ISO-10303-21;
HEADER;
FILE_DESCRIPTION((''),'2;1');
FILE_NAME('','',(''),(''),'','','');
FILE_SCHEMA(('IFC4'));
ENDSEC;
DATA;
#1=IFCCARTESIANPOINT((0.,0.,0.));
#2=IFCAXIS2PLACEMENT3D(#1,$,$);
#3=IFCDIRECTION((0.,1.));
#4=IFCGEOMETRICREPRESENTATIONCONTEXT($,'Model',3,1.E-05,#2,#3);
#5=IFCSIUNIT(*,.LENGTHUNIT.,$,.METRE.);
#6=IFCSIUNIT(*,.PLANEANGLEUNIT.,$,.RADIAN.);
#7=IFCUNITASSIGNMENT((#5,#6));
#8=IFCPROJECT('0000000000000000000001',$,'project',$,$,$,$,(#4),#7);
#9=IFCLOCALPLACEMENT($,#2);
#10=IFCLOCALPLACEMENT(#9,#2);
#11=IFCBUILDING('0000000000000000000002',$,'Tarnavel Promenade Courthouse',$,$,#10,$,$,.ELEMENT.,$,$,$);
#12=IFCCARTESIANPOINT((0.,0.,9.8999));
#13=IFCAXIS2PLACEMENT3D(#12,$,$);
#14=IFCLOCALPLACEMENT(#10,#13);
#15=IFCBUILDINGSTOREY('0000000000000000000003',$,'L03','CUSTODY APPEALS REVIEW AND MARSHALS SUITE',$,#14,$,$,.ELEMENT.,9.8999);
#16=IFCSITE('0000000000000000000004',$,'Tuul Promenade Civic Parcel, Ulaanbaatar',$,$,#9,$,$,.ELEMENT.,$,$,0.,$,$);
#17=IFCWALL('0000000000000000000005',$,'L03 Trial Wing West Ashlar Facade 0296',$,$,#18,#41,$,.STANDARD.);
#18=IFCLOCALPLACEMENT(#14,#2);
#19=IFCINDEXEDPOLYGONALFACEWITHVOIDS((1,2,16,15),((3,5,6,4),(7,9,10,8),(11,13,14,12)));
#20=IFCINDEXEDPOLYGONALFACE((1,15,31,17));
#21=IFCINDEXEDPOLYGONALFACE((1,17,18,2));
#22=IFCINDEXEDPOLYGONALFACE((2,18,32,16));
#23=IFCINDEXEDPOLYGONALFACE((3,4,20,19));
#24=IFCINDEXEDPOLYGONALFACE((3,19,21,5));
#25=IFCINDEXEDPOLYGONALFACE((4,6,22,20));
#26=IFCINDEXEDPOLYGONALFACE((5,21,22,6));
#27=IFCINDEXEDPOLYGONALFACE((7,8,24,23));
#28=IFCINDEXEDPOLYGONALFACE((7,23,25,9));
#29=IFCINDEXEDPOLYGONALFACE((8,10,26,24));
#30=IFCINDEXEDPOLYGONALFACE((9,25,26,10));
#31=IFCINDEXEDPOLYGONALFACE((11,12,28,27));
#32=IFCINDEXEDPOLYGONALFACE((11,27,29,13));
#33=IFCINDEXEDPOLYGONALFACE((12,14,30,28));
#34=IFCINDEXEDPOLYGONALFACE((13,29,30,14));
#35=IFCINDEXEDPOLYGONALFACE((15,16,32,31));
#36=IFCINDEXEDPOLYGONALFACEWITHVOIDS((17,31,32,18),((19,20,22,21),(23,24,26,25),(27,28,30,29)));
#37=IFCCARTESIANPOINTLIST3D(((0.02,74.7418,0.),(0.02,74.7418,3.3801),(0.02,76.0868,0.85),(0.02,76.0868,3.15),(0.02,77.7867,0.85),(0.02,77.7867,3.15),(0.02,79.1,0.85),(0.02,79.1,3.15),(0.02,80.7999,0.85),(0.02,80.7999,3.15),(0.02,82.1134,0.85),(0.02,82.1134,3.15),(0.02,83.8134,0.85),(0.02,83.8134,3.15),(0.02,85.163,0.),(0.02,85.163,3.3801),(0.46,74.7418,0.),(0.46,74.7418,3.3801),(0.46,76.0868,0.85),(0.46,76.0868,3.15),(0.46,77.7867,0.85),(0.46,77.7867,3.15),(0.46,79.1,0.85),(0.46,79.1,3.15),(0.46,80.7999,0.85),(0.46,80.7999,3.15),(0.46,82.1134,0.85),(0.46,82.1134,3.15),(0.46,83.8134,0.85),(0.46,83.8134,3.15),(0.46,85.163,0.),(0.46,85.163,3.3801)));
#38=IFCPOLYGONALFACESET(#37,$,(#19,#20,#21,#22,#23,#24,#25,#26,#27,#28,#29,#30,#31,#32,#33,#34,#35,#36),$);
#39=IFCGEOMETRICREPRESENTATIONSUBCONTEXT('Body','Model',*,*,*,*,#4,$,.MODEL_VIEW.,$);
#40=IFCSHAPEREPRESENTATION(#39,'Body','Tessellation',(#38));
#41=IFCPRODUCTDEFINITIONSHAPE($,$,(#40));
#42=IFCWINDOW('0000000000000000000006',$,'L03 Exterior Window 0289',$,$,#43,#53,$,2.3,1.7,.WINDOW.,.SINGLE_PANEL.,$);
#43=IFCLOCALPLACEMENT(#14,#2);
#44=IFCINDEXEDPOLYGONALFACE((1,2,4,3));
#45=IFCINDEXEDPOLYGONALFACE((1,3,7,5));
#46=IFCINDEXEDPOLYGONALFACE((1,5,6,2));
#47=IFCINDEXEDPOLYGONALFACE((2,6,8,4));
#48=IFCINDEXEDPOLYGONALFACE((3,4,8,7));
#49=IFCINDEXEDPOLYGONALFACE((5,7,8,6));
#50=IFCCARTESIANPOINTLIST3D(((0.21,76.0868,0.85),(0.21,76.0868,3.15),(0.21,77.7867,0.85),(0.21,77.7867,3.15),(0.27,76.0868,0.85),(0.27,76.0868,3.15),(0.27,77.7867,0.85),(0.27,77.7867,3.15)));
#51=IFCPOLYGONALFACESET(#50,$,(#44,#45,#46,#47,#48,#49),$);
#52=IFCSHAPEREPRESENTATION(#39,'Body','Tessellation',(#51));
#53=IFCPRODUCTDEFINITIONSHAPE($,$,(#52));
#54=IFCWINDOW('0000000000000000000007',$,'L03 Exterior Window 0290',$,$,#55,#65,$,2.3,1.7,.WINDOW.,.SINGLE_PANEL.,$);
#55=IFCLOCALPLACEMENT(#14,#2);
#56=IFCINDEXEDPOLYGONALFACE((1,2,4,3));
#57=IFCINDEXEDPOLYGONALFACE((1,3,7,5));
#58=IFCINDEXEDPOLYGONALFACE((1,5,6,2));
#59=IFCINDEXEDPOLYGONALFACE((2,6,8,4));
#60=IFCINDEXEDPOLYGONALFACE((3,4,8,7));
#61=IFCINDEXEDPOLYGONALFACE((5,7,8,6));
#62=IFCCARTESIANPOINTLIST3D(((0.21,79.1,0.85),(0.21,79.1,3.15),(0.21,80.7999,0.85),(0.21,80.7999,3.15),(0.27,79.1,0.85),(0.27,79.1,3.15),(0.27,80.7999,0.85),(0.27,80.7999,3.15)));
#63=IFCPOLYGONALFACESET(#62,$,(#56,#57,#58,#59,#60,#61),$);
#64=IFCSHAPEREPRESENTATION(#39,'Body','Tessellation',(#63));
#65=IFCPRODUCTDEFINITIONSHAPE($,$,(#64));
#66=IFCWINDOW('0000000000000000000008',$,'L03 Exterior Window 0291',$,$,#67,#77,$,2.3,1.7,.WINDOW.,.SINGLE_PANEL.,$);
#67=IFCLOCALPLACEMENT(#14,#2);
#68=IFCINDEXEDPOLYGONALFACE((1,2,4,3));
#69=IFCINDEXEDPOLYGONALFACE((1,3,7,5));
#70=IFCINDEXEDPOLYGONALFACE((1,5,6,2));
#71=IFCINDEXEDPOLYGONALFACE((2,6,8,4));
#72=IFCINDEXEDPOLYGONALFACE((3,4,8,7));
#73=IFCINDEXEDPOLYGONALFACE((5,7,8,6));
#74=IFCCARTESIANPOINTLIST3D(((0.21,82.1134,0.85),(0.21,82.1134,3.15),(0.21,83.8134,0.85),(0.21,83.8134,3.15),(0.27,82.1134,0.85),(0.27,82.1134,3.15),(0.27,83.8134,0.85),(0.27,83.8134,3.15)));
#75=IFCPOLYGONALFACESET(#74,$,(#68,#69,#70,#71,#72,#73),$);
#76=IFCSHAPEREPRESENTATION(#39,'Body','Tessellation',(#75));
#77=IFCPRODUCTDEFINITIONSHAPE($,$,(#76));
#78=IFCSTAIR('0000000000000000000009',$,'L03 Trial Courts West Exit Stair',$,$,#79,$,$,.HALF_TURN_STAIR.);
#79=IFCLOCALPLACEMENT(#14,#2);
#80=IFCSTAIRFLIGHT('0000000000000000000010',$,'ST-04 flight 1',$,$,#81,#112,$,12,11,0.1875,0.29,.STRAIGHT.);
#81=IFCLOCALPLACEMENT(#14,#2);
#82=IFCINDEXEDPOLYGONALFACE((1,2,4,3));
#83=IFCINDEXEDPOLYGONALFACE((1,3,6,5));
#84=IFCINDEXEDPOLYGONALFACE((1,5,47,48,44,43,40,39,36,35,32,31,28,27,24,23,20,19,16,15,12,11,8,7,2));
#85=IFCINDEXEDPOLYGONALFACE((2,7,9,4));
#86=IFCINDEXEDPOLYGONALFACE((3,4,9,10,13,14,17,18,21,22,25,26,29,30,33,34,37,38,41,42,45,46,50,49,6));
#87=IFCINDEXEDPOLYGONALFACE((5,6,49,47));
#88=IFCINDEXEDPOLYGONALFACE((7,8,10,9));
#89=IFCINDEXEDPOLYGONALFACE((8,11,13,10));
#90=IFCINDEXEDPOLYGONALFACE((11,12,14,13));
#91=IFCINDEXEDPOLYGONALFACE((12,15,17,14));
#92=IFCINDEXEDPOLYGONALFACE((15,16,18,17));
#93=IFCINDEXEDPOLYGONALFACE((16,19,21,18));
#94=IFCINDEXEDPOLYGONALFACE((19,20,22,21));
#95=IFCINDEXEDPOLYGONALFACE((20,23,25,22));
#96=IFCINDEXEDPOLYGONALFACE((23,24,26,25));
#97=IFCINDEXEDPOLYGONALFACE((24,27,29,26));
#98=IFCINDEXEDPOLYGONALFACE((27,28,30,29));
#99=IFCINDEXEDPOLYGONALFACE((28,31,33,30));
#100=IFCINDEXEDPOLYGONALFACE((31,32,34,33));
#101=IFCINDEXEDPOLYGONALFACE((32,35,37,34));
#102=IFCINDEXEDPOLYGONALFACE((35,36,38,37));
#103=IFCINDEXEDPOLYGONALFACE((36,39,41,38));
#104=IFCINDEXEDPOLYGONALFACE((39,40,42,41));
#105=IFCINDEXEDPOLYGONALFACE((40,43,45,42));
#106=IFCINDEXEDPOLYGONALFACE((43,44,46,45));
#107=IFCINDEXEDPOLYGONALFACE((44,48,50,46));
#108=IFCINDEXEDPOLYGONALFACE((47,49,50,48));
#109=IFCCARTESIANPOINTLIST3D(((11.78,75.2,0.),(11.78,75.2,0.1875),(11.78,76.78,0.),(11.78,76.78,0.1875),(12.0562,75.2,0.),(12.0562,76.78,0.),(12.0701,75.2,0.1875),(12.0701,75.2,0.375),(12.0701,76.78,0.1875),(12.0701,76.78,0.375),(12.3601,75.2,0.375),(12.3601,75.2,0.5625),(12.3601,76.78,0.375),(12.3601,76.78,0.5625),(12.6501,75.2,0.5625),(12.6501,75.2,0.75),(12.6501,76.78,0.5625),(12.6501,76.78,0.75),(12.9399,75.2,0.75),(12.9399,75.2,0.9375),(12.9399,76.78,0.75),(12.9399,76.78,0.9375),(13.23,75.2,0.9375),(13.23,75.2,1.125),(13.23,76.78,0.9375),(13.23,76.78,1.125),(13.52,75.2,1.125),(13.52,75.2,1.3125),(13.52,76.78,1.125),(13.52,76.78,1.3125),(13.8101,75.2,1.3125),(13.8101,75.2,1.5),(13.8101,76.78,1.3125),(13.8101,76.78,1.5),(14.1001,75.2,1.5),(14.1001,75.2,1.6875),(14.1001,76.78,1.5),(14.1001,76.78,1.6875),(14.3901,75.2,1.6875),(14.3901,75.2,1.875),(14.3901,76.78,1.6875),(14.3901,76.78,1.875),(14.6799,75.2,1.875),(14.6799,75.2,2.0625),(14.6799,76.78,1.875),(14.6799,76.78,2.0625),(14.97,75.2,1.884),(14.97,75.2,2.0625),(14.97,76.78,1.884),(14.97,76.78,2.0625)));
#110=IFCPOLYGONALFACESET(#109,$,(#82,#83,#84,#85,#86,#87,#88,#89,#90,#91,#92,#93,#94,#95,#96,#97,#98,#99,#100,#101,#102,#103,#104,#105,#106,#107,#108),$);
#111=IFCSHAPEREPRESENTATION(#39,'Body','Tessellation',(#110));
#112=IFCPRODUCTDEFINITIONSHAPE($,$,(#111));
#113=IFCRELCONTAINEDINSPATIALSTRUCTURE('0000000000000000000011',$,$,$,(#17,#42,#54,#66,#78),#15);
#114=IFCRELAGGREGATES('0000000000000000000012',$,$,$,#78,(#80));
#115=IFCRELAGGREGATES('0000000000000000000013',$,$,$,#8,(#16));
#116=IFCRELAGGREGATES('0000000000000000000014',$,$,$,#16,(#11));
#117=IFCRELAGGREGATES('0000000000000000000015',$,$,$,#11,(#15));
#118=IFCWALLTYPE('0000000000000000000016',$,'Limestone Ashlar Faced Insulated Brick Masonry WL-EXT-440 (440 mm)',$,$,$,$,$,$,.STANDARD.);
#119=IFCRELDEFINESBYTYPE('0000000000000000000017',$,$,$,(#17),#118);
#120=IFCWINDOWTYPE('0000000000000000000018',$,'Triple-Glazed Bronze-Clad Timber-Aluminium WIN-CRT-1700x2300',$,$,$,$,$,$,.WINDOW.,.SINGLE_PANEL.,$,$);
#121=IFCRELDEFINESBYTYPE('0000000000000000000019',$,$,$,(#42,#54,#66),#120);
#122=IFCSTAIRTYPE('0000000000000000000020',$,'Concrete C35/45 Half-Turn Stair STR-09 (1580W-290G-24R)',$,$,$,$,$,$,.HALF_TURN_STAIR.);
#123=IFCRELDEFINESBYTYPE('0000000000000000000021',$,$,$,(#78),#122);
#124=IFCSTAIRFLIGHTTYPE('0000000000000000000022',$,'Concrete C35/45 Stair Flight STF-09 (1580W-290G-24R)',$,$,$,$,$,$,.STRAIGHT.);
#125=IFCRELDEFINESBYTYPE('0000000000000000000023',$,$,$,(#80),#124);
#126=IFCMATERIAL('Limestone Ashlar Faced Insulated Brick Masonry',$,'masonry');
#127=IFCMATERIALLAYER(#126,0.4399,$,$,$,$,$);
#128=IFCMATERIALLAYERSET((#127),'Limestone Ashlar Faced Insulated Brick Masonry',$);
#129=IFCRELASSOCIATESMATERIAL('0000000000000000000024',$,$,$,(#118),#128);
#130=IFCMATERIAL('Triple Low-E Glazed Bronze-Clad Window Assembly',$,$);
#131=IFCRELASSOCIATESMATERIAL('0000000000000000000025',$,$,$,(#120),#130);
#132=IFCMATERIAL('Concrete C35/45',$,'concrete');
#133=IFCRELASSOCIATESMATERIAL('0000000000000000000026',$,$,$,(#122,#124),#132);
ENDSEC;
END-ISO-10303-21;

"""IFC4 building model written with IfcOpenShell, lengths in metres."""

from ifc_helpers import new_model, si_unit, direction, frame, frame_2d, origin, place, context, subcontext, project, spatial, polyline, rectangle, outline, extrude, material, layer, layer_set, type_object, element, fill, aggregate, save


model = new_model("IFC4")

# Units and contexts
model_context = context("Model", 3, precision=1e-05, world=origin(), true_north=direction((0.0, 1.0)))
body_context = subcontext(model_context, "Body", "Model", "MODEL_VIEW")
ifc_project = project(units=[si_unit("LENGTHUNIT", "METRE"), si_unit("PLANEANGLEUNIT", "RADIAN")], contexts=[model_context])

# Site, building, storey
site_placement = place(None, origin())
site = spatial("IfcSite", under=ifc_project, at=site_placement, Name="Tuul Promenade Civic Parcel, Ulaanbaatar", CompositionType="ELEMENT", RefElevation=0.0)
building_placement = place(site_placement, origin())
building = spatial("IfcBuilding", under=site, at=building_placement, Name="Tarnavel Promenade Courthouse", CompositionType="ELEMENT")
storey_placement = place(building_placement, frame((0.0, 0.0, 9.8999)))
storey = spatial("IfcBuildingStorey", under=building, at=storey_placement, Name="L03", Description="CUSTODY APPEALS REVIEW AND MARSHALS SUITE", CompositionType="ELEMENT", Elevation=9.8999)

# Wall, openings, windows
ifc_material_1 = material(Name="Limestone Ashlar Faced Insulated Brick Masonry", Category="masonry")
ifc_layer_1 = layer(ifc_material_1, 0.4399)
ifc_layer_set_1 = layer_set([ifc_layer_1], Name="Limestone Ashlar Faced Insulated Brick Masonry")
wall_type_1 = type_object("IfcWallType", Name="Limestone Ashlar Faced Insulated Brick Masonry WL-EXT-440 (440 mm)", PredefinedType="STANDARD", material=ifc_layer_set_1)
wall_1_placement = place(storey_placement, frame((0.24, 74.7419, 0.0), z_axis=(0.0, 0.0, 1.0), x_axis=(0.0, 1.0, 0.0)))
wall_1 = element("IfcWall", 1, at=wall_1_placement, inside=storey, type_object=wall_type_1, Name="L03 Trial Wing West Ashlar Facade 0296", PredefinedType="STANDARD", context=body_context, shape_type="SweptSolid", body=[
    extrude(rectangle(XDim=10.4211, YDim=0.4399, at=frame_2d((5.2104, 0.0))), origin(), (0.0, 0.0, 1.0), 3.3801),
])
opening_1_placement = place(wall_1_placement, frame((1.3447, 0.0, 0.8501)))
opening_1 = element("IfcOpeningElement", 2, at=opening_1_placement, cuts=wall_1, PredefinedType="OPENING", context=body_context, shape_type="SweptSolid", body=[
    extrude(rectangle(XDim=1.7, YDim=2.3, at=frame_2d((0.8501, 1.1499))), frame((0.0, 0.23, 0.0), z_axis=(0.0, -1.0, 0.0), x_axis=(1.0, 0.0, 0.0)), (0.0, 0.0, 1.0), 0.46),
])
opening_2_placement = place(wall_1_placement, frame((4.3579, 0.0, 0.8501)))
opening_2 = element("IfcOpeningElement", 3, at=opening_2_placement, cuts=wall_1, PredefinedType="OPENING", context=body_context, shape_type="SweptSolid", body=[
    extrude(rectangle(XDim=1.7, YDim=2.3, at=frame_2d((0.8501, 1.1499))), frame((0.0, 0.23, 0.0), z_axis=(0.0, -1.0, 0.0), x_axis=(1.0, 0.0, 0.0)), (0.0, 0.0, 1.0), 0.46),
])
opening_3_placement = place(wall_1_placement, frame((7.3713, 0.0, 0.8501)))
opening_3 = element("IfcOpeningElement", 4, at=opening_3_placement, cuts=wall_1, PredefinedType="OPENING", context=body_context, shape_type="SweptSolid", body=[
    extrude(rectangle(XDim=1.7, YDim=2.3, at=frame_2d((0.8501, 1.1499))), frame((0.0, 0.23, 0.0), z_axis=(0.0, -1.0, 0.0), x_axis=(1.0, 0.0, 0.0)), (0.0, 0.0, 1.0), 0.46),
])
ifc_material_2 = material(Name="Triple Low-E Glazed Bronze-Clad Window Assembly")
window_type = type_object("IfcWindowType", Name="Triple-Glazed Bronze-Clad Timber-Aluminium WIN-CRT-1700x2300", PartitioningType="SINGLE_PANEL", PredefinedType="WINDOW", material=ifc_material_2)
window_1_placement = place(opening_1_placement, origin())
window_1 = element("IfcWindow", 5, at=window_1_placement, inside=storey, type_object=window_type, Name="L03 Exterior Window 0289", OverallHeight=2.3, OverallWidth=1.7, PartitioningType="SINGLE_PANEL", PredefinedType="WINDOW", context=body_context, shape_type="SweptSolid", body=[
    extrude(rectangle(XDim=1.7, YDim=2.3, at=frame_2d((0.8501, 1.1499))), frame((0.0, 0.03, 0.0), z_axis=(0.0, -1.0, 0.0), x_axis=(1.0, 0.0, 0.0)), (0.0, 0.0, 1.0), 0.0601),
])
fill(opening_1, window_1)
window_2_placement = place(opening_2_placement, origin())
window_2 = element("IfcWindow", 6, at=window_2_placement, inside=storey, type_object=window_type, Name="L03 Exterior Window 0290", OverallHeight=2.3, OverallWidth=1.7, PartitioningType="SINGLE_PANEL", PredefinedType="WINDOW", context=body_context, shape_type="SweptSolid", body=[
    extrude(rectangle(XDim=1.7, YDim=2.3, at=frame_2d((0.8501, 1.1499))), frame((0.0, 0.03, 0.0), z_axis=(0.0, -1.0, 0.0), x_axis=(1.0, 0.0, 0.0)), (0.0, 0.0, 1.0), 0.0601),
])
fill(opening_2, window_2)
window_3_placement = place(opening_3_placement, origin())
window_3 = element("IfcWindow", 7, at=window_3_placement, inside=storey, type_object=window_type, Name="L03 Exterior Window 0291", OverallHeight=2.3, OverallWidth=1.7, PartitioningType="SINGLE_PANEL", PredefinedType="WINDOW", context=body_context, shape_type="SweptSolid", body=[
    extrude(rectangle(XDim=1.7, YDim=2.3, at=frame_2d((0.8501, 1.1499))), frame((0.0, 0.03, 0.0), z_axis=(0.0, -1.0, 0.0), x_axis=(1.0, 0.0, 0.0)), (0.0, 0.0, 1.0), 0.0601),
])
fill(opening_3, window_3)

# Stair, stair flight
ifc_material_3 = material(Name="Concrete C35/45", Category="concrete")
stair_type = type_object("IfcStairType", Name="Concrete C35/45 Half-Turn Stair STR-09 (1580W-290G-24R)", PredefinedType="HALF_TURN_STAIR", material=ifc_material_3)
stair_placement = place(storey_placement, origin())
stair = element("IfcStair", 8, at=stair_placement, inside=storey, type_object=stair_type, Name="L03 Trial Courts West Exit Stair", PredefinedType="HALF_TURN_STAIR")
stair_flight_type = type_object("IfcStairFlightType", Name="Concrete C35/45 Stair Flight STF-09 (1580W-290G-24R)", PredefinedType="STRAIGHT", material=ifc_material_3)
stair_flight_placement = place(storey_placement, frame((11.78, 75.99, 0.0), z_axis=(0.0, 0.0, 1.0), x_axis=(1.0, 0.0, 0.0)))
stair_flight = element("IfcStairFlight", 9, at=stair_flight_placement, type_object=stair_flight_type, Name="ST-04 flight 1", NumberOfRisers=12, NumberOfTreads=11, PredefinedType="STRAIGHT", RiserHeight=0.1875, TreadLength=0.29, context=body_context, shape_type="SweptSolid", body=[
    extrude(outline(polyline([(0.0, 0.0), (0.0, 0.1875), (0.29, 0.1875), (0.29, 0.375), (0.5801, 0.375), (0.5801, 0.5625), (0.8701, 0.5625), (0.8701, 0.75), (1.1599, 0.75), (1.1599, 0.9375), (1.45, 0.9375), (1.45, 1.125), (1.74, 1.125), (1.74, 1.3125), (2.03, 1.3125), (2.03, 1.5), (2.3201, 1.5), (2.3201, 1.6875), (2.6101, 1.6875), (2.6101, 1.875), (2.8999, 1.875), (2.8999, 2.0625), (3.1899, 2.0625), (3.1899, 2.25), (3.1899, 1.884), (0.2761, 0.0), (0.0, 0.0)])), frame((0.0, 0.79, 0.0), z_axis=(0.0, -1.0, 0.0), x_axis=(1.0, 0.0, 0.0)), (0.0, 0.0, 1.0), 1.5801),
])
aggregate(stair, [stair_flight])

save(model, "model.ifc")
